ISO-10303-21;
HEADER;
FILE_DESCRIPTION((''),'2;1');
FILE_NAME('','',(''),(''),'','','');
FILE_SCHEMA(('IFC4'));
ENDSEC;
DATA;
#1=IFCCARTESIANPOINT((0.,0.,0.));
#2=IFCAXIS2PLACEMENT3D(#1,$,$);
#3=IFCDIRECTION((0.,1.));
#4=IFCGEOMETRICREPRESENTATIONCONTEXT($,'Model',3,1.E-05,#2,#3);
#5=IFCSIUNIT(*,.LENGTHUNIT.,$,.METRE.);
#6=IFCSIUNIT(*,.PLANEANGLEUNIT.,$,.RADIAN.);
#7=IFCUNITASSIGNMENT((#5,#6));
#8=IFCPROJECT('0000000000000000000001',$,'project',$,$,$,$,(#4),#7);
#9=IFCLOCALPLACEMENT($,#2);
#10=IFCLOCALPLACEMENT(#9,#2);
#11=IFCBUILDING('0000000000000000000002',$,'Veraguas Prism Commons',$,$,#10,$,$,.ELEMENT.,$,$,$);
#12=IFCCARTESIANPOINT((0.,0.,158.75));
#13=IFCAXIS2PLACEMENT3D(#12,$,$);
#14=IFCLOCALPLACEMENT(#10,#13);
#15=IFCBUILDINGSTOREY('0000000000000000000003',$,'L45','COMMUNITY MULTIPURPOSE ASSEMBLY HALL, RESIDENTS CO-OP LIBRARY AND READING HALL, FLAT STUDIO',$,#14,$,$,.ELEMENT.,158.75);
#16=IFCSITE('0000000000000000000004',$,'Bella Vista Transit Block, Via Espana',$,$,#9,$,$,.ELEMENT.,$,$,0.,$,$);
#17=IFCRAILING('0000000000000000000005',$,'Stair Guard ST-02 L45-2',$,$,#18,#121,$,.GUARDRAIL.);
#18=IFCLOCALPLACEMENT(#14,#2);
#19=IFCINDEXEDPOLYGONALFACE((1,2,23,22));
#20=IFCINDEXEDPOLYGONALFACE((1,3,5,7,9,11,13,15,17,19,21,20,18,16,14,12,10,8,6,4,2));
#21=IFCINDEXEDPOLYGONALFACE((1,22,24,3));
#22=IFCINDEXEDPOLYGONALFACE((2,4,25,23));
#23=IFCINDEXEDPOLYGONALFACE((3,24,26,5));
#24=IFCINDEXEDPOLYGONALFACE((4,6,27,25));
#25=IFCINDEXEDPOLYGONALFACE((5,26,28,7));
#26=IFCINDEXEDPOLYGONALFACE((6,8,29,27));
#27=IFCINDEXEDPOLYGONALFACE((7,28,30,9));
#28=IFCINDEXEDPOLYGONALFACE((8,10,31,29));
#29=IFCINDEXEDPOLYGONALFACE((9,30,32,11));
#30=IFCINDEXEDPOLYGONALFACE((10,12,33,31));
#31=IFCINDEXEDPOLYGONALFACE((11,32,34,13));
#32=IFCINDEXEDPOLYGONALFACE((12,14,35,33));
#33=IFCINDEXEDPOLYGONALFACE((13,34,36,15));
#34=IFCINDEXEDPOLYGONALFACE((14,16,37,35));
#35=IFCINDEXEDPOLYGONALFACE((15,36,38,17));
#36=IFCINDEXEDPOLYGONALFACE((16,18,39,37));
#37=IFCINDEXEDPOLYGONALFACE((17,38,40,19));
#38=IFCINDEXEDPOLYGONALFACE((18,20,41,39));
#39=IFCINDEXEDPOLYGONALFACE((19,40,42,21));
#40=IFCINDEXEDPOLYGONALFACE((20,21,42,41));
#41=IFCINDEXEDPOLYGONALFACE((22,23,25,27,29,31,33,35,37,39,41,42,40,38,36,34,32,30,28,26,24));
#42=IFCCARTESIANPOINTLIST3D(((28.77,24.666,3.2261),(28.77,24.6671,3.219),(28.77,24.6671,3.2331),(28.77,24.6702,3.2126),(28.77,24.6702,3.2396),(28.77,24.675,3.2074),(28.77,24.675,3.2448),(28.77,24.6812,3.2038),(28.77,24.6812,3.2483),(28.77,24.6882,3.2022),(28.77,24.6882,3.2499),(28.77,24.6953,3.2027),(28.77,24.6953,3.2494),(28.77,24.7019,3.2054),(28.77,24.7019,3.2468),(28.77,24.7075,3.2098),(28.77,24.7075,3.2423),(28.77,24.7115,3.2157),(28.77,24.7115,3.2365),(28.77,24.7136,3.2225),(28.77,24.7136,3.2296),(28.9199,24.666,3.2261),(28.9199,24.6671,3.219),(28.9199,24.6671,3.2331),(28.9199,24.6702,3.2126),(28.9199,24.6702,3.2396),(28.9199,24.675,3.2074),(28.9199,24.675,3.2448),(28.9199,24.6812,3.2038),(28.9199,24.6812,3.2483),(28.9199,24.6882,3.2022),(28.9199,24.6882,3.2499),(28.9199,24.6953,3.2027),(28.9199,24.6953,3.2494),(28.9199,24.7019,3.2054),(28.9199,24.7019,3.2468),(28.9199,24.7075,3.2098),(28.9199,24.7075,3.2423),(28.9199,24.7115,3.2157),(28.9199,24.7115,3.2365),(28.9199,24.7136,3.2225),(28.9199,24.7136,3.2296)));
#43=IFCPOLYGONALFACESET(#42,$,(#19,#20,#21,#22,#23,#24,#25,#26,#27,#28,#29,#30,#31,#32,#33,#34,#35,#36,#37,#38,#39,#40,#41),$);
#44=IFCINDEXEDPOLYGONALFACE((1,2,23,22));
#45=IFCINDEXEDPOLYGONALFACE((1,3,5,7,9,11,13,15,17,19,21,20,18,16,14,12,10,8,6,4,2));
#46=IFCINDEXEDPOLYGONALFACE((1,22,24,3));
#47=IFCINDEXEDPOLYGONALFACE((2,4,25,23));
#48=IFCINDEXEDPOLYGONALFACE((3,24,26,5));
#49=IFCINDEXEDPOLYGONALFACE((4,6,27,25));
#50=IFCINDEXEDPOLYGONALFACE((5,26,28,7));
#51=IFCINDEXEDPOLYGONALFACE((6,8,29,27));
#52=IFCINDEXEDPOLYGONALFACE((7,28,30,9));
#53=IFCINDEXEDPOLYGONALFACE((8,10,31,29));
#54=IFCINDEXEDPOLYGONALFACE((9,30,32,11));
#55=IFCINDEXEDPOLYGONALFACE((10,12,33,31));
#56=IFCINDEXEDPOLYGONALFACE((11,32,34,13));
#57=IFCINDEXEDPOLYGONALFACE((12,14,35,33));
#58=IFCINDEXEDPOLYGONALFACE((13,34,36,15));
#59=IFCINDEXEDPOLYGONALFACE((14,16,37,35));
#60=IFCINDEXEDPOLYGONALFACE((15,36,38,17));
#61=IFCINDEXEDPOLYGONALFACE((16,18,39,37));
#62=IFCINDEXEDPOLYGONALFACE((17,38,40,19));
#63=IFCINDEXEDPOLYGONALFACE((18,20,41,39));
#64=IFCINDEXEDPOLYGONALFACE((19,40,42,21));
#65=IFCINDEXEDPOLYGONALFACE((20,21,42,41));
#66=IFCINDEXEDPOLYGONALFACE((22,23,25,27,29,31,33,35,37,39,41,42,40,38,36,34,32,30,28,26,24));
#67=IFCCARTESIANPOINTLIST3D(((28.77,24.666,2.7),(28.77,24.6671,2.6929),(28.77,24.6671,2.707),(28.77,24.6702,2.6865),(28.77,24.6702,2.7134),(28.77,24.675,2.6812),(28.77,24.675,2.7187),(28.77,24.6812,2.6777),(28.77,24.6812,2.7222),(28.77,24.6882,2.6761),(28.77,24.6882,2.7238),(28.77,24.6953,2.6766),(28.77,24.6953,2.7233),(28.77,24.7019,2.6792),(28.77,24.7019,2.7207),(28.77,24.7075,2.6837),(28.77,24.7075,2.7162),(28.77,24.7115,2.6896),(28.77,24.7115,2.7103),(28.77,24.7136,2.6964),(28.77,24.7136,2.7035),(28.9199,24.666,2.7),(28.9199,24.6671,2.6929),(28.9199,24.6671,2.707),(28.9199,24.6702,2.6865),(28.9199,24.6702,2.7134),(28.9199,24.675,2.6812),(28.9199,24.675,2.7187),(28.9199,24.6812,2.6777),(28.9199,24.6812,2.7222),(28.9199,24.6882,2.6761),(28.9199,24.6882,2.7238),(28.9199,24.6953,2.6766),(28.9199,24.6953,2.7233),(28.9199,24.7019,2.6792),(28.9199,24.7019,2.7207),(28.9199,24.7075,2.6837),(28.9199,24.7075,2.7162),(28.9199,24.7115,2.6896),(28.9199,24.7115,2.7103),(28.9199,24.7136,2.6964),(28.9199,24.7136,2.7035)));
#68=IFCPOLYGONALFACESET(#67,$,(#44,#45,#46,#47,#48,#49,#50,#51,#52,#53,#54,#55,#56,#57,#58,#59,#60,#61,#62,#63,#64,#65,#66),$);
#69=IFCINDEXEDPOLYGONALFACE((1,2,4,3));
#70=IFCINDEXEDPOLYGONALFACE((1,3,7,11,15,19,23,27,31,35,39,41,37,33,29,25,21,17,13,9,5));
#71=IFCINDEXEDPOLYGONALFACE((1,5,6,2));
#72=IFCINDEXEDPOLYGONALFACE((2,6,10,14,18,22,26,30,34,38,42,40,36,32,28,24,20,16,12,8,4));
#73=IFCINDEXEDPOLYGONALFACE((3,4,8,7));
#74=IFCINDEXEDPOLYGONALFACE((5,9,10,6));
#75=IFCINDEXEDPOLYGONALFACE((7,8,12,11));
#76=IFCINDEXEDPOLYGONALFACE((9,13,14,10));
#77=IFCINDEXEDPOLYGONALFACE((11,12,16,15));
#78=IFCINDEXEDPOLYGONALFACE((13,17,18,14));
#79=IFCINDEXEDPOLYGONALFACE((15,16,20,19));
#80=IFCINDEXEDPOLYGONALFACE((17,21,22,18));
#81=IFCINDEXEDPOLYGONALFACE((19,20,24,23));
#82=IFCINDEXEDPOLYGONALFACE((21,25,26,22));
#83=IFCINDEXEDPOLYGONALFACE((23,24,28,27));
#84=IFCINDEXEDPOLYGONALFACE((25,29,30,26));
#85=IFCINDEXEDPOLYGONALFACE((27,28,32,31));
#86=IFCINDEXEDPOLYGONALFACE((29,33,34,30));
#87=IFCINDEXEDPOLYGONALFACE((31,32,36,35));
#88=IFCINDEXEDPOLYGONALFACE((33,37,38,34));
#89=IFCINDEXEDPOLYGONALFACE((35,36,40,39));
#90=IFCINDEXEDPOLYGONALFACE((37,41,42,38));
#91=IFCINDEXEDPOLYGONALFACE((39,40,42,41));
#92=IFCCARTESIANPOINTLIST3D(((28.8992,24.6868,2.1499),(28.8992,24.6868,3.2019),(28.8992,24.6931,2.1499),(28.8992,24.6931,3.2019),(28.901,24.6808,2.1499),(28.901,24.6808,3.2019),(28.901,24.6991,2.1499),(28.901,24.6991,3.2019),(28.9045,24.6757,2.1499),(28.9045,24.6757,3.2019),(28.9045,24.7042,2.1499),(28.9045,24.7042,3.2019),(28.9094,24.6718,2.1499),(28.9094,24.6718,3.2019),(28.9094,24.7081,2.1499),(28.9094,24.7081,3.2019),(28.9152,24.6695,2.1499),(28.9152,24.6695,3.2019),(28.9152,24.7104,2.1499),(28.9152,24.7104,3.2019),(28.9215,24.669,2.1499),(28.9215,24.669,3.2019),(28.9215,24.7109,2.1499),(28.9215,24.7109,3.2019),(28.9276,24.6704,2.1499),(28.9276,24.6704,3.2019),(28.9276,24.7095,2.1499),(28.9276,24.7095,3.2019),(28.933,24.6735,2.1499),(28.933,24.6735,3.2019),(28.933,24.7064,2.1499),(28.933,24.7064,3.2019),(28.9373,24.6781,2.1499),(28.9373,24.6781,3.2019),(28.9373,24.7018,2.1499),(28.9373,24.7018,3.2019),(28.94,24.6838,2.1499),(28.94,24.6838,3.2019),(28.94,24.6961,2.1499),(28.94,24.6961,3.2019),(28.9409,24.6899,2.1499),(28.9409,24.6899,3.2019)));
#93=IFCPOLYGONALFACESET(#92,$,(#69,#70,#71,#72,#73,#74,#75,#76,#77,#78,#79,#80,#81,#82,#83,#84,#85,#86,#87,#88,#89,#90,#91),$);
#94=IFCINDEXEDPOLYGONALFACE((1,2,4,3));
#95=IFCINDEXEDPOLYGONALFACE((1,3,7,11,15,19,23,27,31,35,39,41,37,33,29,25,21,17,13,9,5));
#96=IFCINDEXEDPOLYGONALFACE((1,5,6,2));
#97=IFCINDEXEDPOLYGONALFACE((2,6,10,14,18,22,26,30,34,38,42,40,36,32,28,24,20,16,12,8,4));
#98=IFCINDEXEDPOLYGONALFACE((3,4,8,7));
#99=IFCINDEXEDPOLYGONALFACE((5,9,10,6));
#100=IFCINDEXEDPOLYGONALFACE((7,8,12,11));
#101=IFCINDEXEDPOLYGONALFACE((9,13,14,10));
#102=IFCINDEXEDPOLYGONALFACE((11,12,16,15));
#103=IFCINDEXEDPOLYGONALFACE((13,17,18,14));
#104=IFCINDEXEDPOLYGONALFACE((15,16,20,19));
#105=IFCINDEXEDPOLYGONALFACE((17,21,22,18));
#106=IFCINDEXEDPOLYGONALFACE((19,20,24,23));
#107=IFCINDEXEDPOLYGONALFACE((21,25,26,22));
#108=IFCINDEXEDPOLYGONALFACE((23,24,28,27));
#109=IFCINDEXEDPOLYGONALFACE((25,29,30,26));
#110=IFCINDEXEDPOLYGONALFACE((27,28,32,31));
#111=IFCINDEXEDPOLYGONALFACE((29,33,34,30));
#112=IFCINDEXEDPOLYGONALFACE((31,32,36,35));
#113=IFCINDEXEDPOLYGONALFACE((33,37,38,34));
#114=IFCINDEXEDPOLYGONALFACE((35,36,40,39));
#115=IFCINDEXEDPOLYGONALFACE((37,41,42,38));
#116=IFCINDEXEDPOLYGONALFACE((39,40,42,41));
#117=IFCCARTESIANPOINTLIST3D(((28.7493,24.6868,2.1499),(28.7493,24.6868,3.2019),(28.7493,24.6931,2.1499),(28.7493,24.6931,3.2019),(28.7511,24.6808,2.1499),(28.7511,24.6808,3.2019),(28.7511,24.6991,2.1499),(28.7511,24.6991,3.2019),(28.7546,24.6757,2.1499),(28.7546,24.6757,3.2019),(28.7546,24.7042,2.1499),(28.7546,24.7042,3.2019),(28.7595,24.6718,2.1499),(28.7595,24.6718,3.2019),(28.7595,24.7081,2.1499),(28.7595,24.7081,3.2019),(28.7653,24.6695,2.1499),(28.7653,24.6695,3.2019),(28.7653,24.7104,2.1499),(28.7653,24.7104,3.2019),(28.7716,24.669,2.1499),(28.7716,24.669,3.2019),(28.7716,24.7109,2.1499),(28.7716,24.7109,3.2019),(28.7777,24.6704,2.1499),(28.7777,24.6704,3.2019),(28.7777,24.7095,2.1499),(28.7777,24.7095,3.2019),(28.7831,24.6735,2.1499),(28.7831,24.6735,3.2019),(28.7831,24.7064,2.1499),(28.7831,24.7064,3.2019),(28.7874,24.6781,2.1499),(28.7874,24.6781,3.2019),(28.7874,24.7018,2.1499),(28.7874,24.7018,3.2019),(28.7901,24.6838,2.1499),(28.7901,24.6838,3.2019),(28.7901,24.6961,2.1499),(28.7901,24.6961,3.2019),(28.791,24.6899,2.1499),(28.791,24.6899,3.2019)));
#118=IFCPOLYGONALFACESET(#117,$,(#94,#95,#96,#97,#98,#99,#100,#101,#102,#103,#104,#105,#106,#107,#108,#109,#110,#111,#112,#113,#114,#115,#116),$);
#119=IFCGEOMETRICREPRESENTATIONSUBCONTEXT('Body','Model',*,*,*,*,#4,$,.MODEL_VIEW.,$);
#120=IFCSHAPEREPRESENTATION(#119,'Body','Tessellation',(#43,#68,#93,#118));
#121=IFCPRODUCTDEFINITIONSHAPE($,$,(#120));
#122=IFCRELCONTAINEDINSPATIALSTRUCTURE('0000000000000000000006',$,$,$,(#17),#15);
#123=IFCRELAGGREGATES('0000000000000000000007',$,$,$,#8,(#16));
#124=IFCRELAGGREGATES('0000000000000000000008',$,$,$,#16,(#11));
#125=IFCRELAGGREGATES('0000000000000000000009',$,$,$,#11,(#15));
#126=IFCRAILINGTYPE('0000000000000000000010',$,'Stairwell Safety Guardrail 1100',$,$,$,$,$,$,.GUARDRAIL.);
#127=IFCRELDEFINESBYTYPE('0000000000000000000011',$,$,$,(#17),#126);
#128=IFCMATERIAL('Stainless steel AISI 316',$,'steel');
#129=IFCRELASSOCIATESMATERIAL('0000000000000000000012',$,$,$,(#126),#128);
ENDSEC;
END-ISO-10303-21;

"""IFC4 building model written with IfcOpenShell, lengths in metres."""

from ifc_helpers import new_model, si_unit, direction, frame, origin, origin_2d, place, context, subcontext, project, spatial, circle, extrude, material, type_object, element, save


model = new_model("IFC4")

# Units and contexts
model_context = context("Model", 3, precision=1e-05, world=origin(), true_north=direction((0.0, 1.0)))
body_context = subcontext(model_context, "Body", "Model", "MODEL_VIEW")
ifc_project = project(units=[si_unit("LENGTHUNIT", "METRE"), si_unit("PLANEANGLEUNIT", "RADIAN")], contexts=[model_context])

# Site, building, storey
site_placement = place(None, origin())
site = spatial("IfcSite", under=ifc_project, at=site_placement, Name="Bella Vista Transit Block, Via Espana", CompositionType="ELEMENT", RefElevation=0.0)
building_placement = place(site_placement, origin())
building = spatial("IfcBuilding", under=site, at=building_placement, Name="Veraguas Prism Commons", CompositionType="ELEMENT")
storey_placement = place(building_placement, frame((0.0, 0.0, 158.75)))
storey = spatial("IfcBuildingStorey", under=building, at=storey_placement, Name="L45", Description="COMMUNITY MULTIPURPOSE ASSEMBLY HALL, RESIDENTS CO-OP LIBRARY AND READING HALL, FLAT STUDIO", CompositionType="ELEMENT", Elevation=158.75)

# Railing
ifc_material_1 = material(Name="Stainless steel AISI 316", Category="steel")
railing_type_1 = type_object("IfcRailingType", Name="Stairwell Safety Guardrail 1100", PredefinedType="GUARDRAIL", material=ifc_material_1)
railing_1_placement = place(storey_placement, frame((28.9199, 24.6899, 2.1499)))
element("IfcRailing", 1, at=railing_1_placement, inside=storey, type_object=railing_type_1, Name="Stair Guard ST-02 L45-2", PredefinedType="GUARDRAIL", context=body_context, shape_type="SweptSolid", body=[
    extrude(circle(Radius=0.0239, at=origin_2d()), frame((0.0, 0.0, 1.0762), z_axis=(-1.0, 0.0, 0.0), x_axis=(0.0, -1.0, 0.0)), (0.0, 0.0, 1.0), 0.1499),
    extrude(circle(Radius=0.0239, at=origin_2d()), frame((0.0, 0.0, 0.55), z_axis=(-1.0, 0.0, 0.0), x_axis=(0.0, -1.0, 0.0)), (0.0, 0.0, 1.0), 0.1499),
    extrude(circle(Radius=0.021, at=origin_2d()), origin(), (0.0, 0.0, 1.0), 1.052),
    extrude(circle(Radius=0.021, at=origin_2d()), frame((-0.1499, 0.0, 0.0)), (0.0, 0.0, 1.0), 1.052),
])

save(model, "model.ifc")
